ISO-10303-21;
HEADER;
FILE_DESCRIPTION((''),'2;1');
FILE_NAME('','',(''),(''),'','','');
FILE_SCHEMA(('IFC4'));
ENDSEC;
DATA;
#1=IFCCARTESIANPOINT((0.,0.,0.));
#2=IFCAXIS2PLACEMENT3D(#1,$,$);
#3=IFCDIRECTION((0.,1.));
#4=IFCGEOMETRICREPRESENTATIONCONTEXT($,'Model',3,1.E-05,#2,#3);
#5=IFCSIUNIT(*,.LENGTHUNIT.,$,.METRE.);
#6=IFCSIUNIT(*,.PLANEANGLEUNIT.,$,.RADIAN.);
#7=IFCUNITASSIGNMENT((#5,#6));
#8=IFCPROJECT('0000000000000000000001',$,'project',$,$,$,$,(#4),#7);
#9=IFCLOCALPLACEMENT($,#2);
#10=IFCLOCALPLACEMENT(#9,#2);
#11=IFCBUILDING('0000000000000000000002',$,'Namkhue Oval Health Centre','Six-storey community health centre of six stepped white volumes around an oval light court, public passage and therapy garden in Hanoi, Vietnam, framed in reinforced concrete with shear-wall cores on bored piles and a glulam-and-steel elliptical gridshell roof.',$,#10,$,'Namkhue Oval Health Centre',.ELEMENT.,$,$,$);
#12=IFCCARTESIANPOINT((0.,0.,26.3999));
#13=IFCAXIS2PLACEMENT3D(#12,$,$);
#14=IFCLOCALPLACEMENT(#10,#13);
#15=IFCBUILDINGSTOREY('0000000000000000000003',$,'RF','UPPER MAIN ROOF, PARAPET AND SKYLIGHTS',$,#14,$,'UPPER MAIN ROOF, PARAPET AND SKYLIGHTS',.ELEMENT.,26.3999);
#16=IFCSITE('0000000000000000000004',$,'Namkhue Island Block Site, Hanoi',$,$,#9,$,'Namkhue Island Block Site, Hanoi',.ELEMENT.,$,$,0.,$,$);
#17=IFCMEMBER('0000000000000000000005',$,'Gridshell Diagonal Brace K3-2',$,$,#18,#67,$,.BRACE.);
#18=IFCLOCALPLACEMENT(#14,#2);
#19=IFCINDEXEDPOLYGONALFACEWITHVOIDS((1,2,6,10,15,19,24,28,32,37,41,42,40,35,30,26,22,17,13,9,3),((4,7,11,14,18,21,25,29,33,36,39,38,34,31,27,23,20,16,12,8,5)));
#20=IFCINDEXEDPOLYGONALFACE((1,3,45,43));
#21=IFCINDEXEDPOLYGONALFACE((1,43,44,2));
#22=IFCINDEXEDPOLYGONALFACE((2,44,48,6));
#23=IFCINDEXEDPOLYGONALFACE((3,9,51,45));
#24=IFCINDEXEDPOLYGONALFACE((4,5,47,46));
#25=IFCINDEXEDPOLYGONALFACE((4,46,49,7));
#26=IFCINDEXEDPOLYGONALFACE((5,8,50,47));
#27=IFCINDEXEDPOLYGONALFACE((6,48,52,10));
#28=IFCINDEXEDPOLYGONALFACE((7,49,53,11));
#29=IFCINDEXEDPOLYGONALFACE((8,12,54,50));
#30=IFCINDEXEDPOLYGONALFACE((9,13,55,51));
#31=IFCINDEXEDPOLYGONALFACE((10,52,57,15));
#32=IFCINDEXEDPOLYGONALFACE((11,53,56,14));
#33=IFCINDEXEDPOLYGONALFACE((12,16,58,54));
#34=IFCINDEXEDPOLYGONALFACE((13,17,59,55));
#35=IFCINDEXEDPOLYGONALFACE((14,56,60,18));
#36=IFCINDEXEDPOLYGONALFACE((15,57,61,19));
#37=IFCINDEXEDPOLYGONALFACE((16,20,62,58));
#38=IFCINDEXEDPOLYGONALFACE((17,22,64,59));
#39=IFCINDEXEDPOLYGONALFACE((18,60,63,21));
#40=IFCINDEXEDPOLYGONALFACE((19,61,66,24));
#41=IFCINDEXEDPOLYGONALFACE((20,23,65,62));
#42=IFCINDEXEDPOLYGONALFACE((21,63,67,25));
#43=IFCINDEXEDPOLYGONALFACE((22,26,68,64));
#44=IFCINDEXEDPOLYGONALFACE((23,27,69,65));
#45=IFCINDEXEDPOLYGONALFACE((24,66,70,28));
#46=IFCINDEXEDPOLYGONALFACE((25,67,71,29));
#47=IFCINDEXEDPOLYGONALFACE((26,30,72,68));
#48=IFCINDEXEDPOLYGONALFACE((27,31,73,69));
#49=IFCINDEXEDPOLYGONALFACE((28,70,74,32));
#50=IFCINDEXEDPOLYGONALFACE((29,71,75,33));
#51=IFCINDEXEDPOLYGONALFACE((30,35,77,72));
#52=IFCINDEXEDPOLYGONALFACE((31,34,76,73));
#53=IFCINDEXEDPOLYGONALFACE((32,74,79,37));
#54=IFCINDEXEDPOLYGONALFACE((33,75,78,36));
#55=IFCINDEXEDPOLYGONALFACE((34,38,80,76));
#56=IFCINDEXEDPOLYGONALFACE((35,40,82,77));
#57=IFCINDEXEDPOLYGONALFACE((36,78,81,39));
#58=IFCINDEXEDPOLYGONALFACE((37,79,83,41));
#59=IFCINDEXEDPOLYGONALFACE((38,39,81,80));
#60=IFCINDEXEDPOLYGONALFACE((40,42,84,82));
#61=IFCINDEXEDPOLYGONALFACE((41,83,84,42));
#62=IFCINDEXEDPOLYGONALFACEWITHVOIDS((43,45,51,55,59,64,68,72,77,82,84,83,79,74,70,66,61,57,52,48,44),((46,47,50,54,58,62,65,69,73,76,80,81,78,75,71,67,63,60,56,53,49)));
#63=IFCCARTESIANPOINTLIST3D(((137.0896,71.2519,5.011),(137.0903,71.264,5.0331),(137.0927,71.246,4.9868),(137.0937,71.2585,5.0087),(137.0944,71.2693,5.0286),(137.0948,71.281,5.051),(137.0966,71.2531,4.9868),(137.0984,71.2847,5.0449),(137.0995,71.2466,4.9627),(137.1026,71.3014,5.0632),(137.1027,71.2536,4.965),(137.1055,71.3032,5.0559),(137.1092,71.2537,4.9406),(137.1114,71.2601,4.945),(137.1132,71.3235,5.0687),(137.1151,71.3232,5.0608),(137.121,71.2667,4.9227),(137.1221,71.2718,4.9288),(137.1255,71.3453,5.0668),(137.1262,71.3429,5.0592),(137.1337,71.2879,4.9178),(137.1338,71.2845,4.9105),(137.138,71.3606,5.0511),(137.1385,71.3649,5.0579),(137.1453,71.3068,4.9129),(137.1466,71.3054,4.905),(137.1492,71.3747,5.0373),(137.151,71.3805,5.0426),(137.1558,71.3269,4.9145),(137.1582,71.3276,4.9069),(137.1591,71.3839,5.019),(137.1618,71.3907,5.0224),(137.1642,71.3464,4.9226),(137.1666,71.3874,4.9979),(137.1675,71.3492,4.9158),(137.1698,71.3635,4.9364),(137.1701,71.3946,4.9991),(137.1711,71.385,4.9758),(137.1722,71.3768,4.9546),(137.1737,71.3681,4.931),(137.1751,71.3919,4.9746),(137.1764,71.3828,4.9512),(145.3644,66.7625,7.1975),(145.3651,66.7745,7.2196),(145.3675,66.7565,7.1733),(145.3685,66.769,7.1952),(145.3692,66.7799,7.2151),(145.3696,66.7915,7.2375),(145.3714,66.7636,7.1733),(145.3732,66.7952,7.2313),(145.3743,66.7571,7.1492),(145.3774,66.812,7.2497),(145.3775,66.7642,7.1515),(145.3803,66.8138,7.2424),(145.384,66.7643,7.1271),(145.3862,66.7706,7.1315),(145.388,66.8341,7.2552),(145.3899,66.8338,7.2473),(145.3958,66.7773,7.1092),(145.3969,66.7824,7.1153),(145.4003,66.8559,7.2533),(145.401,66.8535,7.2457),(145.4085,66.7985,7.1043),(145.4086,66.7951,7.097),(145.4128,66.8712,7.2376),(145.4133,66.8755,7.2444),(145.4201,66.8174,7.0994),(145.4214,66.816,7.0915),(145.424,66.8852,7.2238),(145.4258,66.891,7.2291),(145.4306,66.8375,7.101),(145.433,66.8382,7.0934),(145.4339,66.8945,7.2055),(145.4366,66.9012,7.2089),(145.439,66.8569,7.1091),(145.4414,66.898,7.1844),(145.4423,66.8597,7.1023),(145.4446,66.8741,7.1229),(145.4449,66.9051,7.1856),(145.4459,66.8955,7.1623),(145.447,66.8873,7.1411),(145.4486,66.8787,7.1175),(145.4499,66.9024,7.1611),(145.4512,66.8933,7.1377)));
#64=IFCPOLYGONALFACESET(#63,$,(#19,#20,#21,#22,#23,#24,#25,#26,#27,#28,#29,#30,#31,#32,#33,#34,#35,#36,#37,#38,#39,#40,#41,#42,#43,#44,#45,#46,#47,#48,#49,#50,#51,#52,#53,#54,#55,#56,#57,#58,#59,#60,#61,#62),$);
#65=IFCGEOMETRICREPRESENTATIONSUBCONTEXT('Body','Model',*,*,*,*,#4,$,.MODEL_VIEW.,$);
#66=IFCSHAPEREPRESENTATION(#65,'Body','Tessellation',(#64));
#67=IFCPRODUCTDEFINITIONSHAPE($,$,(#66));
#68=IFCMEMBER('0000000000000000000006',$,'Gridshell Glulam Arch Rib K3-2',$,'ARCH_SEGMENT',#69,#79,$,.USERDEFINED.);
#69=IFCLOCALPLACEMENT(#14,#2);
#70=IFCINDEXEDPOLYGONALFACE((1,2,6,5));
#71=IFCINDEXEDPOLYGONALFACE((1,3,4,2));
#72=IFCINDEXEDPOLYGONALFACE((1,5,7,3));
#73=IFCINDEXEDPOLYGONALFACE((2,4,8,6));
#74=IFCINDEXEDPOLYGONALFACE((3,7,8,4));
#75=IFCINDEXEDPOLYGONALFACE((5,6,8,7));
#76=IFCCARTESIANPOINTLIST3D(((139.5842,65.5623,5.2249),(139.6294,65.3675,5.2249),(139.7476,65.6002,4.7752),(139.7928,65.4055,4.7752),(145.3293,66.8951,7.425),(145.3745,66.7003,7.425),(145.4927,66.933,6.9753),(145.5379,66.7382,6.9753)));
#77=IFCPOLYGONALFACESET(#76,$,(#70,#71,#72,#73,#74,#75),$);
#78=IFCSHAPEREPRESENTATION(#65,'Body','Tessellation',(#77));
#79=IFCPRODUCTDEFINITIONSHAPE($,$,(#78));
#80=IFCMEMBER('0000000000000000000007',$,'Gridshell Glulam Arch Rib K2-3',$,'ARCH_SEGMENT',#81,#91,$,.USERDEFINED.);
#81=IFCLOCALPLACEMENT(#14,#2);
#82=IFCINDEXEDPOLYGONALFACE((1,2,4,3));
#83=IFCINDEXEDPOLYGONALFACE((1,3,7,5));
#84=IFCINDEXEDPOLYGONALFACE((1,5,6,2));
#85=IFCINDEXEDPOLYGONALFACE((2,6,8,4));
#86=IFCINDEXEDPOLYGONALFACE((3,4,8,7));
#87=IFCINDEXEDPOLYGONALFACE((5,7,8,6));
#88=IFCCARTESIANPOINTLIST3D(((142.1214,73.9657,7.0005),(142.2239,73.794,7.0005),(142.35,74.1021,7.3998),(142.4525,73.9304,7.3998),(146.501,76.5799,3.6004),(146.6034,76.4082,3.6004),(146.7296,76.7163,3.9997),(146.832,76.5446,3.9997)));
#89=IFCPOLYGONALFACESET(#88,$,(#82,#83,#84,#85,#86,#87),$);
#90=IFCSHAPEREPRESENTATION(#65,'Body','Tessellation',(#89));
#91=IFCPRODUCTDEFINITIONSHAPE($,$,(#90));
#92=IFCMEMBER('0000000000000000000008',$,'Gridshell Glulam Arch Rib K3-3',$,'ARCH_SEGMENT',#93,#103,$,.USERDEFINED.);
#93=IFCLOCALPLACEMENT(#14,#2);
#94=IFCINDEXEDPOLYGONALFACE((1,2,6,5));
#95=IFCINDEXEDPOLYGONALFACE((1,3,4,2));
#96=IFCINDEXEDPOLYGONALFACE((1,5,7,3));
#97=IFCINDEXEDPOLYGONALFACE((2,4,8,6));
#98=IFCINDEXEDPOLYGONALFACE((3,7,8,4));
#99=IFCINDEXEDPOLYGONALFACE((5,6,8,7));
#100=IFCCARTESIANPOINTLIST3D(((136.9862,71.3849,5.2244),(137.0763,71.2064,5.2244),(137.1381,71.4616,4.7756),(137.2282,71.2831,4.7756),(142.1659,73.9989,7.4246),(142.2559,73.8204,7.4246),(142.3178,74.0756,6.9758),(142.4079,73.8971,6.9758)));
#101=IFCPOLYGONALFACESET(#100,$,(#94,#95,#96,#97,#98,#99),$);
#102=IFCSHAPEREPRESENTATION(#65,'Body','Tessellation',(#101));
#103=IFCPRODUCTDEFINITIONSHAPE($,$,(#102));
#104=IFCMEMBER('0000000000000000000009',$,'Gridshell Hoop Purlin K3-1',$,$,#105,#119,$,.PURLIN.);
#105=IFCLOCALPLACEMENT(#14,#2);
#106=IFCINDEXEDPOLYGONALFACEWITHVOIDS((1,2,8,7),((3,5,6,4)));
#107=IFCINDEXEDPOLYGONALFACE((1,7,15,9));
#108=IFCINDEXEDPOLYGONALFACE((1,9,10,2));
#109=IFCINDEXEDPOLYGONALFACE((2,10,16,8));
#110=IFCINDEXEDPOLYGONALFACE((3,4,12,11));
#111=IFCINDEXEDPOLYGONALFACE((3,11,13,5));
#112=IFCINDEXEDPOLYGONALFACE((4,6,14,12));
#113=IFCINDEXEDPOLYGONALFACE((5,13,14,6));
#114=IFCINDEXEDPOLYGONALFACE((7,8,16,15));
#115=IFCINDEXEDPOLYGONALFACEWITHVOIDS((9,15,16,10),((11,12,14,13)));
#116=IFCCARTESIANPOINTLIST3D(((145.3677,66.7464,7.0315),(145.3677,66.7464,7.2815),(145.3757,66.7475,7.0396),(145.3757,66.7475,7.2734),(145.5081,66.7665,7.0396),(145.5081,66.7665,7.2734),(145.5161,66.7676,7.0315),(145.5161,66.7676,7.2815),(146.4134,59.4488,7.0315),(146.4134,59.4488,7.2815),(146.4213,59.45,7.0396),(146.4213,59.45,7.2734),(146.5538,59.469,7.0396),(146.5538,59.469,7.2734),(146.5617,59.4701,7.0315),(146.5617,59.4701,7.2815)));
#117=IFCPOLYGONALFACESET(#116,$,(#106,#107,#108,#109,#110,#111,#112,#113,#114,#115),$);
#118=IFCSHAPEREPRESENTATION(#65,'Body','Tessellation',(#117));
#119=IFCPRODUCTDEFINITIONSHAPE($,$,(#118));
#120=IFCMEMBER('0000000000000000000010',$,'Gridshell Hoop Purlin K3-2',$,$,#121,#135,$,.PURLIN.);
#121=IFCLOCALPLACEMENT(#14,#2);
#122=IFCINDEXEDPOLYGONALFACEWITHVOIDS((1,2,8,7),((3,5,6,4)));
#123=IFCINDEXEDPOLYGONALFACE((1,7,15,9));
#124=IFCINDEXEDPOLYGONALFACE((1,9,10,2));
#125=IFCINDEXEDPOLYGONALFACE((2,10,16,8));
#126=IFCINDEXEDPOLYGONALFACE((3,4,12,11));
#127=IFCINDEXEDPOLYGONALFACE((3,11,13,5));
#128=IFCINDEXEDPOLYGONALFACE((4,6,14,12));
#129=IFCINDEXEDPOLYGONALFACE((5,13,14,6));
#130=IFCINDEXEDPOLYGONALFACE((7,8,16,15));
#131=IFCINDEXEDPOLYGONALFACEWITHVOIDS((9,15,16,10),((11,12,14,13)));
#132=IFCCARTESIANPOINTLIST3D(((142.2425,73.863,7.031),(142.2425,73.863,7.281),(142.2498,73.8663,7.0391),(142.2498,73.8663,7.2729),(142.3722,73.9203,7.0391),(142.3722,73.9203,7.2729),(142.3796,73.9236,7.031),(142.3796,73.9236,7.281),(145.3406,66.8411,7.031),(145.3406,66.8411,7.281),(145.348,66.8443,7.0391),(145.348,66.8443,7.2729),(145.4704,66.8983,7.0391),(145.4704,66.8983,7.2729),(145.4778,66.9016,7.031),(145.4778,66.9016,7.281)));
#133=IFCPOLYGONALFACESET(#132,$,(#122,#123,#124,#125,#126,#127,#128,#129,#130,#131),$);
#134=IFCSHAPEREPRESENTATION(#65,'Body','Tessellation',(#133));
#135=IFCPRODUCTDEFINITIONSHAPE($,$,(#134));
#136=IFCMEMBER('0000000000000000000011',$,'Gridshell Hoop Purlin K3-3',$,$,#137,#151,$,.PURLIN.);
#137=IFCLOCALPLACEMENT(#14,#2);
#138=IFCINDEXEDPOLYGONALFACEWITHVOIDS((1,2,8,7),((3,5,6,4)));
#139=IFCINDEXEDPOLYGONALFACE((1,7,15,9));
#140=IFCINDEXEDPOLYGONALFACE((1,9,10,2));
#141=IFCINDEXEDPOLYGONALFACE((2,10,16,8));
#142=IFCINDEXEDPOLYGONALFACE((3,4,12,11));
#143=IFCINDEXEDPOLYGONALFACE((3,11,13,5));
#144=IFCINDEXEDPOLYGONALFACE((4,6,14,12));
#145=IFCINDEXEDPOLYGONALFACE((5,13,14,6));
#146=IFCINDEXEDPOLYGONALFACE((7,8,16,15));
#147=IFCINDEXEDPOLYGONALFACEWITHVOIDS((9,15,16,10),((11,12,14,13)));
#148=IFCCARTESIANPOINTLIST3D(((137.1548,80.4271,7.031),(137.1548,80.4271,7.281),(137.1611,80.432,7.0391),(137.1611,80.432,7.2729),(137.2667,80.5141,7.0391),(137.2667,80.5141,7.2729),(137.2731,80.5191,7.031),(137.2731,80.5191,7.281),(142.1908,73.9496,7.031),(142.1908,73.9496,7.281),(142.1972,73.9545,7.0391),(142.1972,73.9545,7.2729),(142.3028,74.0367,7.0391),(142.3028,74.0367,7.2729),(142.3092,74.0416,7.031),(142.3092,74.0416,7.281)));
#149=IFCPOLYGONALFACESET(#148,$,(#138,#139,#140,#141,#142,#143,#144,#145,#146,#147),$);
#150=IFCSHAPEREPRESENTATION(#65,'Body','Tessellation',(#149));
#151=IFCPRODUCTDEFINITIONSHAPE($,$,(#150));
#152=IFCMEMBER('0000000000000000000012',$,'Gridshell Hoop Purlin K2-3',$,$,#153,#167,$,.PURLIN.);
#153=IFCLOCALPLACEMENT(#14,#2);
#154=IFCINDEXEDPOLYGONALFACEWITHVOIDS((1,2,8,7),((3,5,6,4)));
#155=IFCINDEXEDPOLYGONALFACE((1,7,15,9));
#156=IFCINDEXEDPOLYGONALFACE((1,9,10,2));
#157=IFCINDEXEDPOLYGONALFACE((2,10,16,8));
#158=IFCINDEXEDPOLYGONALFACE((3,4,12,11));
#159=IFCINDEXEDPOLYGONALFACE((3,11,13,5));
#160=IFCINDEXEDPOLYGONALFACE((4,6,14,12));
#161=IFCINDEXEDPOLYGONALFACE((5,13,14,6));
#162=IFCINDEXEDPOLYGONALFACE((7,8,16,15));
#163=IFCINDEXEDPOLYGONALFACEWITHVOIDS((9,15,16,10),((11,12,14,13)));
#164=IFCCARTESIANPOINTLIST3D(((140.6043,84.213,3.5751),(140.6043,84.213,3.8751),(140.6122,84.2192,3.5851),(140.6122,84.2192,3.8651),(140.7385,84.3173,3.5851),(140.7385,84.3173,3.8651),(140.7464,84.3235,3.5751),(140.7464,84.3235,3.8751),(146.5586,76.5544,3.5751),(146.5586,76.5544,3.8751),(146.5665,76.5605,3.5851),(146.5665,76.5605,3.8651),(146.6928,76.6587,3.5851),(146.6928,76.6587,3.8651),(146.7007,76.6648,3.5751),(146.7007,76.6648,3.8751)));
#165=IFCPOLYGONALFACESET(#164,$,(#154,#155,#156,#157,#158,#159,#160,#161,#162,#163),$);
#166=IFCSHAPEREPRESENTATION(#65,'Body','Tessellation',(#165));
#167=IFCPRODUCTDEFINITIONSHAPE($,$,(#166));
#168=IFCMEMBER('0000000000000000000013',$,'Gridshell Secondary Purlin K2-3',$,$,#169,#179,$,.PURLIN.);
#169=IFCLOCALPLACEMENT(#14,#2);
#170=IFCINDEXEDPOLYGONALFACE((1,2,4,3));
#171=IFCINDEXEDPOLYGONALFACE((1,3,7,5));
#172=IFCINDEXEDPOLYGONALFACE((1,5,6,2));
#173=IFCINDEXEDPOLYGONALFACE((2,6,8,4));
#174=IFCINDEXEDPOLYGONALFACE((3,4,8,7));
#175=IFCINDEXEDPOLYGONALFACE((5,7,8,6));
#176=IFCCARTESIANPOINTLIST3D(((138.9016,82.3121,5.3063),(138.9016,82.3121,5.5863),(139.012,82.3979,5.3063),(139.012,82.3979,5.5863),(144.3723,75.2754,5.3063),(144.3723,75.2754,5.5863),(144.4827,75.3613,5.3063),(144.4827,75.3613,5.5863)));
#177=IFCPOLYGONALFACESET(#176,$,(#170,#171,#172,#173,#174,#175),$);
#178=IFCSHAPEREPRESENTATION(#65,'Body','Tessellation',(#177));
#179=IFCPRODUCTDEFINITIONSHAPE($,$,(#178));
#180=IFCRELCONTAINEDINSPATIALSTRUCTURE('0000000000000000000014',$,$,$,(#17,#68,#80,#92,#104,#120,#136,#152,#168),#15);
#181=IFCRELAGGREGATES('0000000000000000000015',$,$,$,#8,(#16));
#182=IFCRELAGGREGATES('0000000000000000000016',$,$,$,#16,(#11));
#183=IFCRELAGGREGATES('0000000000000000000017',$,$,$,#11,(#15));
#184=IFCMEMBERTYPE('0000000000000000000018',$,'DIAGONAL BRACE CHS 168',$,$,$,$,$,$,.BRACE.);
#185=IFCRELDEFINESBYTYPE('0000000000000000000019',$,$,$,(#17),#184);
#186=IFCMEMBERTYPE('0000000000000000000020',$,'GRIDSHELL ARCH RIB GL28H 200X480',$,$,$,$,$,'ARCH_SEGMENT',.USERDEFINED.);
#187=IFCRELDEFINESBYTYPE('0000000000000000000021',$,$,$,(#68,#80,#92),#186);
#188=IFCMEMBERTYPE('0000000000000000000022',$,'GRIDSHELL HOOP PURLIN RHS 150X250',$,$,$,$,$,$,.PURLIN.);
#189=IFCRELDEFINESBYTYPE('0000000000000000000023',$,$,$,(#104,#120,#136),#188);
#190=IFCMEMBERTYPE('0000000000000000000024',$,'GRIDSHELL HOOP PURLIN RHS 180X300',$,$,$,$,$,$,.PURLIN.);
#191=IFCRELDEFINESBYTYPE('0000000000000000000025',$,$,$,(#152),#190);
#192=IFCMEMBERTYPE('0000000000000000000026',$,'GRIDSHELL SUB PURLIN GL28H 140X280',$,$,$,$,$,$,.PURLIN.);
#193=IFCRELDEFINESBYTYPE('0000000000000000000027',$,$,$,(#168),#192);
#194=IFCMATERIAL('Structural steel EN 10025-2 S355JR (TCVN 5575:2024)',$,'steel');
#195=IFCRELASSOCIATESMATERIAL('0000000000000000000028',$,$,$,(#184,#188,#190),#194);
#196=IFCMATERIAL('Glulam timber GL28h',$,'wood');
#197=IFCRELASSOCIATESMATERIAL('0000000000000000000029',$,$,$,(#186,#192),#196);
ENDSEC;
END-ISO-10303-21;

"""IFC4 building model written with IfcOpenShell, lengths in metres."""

from ifc_helpers import new_model, si_unit, direction, frame, origin, origin_2d, place, context, subcontext, project, spatial, rectangle, hollow_rectangle, hollow_circle, extrude, material, material_profile, profile_set, type_object, element, save


model = new_model("IFC4")

# Units and contexts
model_context = context("Model", 3, precision=1e-05, world=origin(), true_north=direction((0.0, 1.0)))
body_context = subcontext(model_context, "Body", "Model", "MODEL_VIEW")
ifc_project = project(units=[si_unit("LENGTHUNIT", "METRE"), si_unit("PLANEANGLEUNIT", "RADIAN")], contexts=[model_context])

# Site, building, storey
site_placement = place(None, origin())
site = spatial("IfcSite", under=ifc_project, at=site_placement, Name="Namkhue Island Block Site, Hanoi", LongName="Namkhue Island Block Site, Hanoi", CompositionType="ELEMENT", RefElevation=0.0)
building_placement = place(site_placement, origin())
building = spatial("IfcBuilding", under=site, at=building_placement, Name="Namkhue Oval Health Centre", Description="Six-storey community health centre of six stepped white volumes around an oval light court, public passage and therapy garden in Hanoi, Vietnam, framed in reinforced concrete with shear-wall cores on bored piles and a glulam-and-steel elliptical gridshell roof.", LongName="Namkhue Oval Health Centre", CompositionType="ELEMENT")
storey_placement = place(building_placement, frame((0.0, 0.0, 26.3999)))
storey = spatial("IfcBuildingStorey", under=building, at=storey_placement, Name="RF", Description="UPPER MAIN ROOF, PARAPET AND SKYLIGHTS", LongName="UPPER MAIN ROOF, PARAPET AND SKYLIGHTS", CompositionType="ELEMENT", Elevation=26.3999)

# Members
ifc_material_1 = material(Name="Structural steel EN 10025-2 S355JR (TCVN 5575:2024)", Category="steel")
ifc_material_profile_1 = material_profile(ifc_material_1, hollow_circle(Radius=0.0842, WallThickness=0.0081, at=origin_2d()), Name="CHS 168.3x8")
ifc_profile_set_1 = profile_set([ifc_material_profile_1], Name="Structural steel EN 10025-2 S355JR (TCVN 5575:2024)")
member_type_1 = type_object("IfcMemberType", Name="DIAGONAL BRACE CHS 168", PredefinedType="BRACE", material=ifc_profile_set_1)
member_1_placement = place(storey_placement, frame((145.4077, 66.8306, 7.1733), z_axis=(-0.85618, 0.464516, -0.226233), x_axis=(-0.47688, -0.878969, 0.0)))
element("IfcMember", 1, at=member_1_placement, inside=storey, type_object=member_type_1, Name="Gridshell Diagonal Brace K3-2", PredefinedType="BRACE", context=body_context, shape_type="SweptSolid", body=[
    extrude(hollow_circle(Radius=0.0842, WallThickness=0.0081, at=origin_2d()), origin(), (0.0, 0.0, 1.0), 9.6648),
])
ifc_material_2 = material(Name="Glulam timber GL28h", Category="wood")
ifc_material_profile_2 = material_profile(ifc_material_2, rectangle(XDim=0.2, YDim=0.48, at=origin_2d()), Name="GL28h 200x480")
ifc_profile_set_2 = profile_set([ifc_material_profile_2], Name="Glulam timber GL28h")
member_type_2 = type_object("IfcMemberType", Name="GRIDSHELL ARCH RIB GL28H 200X480", ElementType="ARCH_SEGMENT", PredefinedType="USERDEFINED", material=ifc_profile_set_2)
member_2_placement = place(storey_placement, frame((145.4336, 66.8167, 7.2002), z_axis=(-0.912688, -0.211727, -0.34953), x_axis=(0.225981, -0.974132, 0.0)))
element("IfcMember", 2, at=member_2_placement, inside=storey, type_object=member_type_2, Name="Gridshell Glulam Arch Rib K3-2", ObjectType="ARCH_SEGMENT", PredefinedType="USERDEFINED", context=body_context, shape_type="SweptSolid", body=[
    extrude(rectangle(XDim=0.2, YDim=0.48, at=origin_2d()), origin(), (0.0, 0.0, 1.0), 6.2947),
])
member_3_placement = place(storey_placement, frame((146.6665, 76.5623, 3.8), z_axis=(-0.714463, -0.426471, 0.554676), x_axis=(0.512545, -0.858661, 0.0)))
element("IfcMember", 3, at=member_3_placement, inside=storey, type_object=member_type_2, Name="Gridshell Glulam Arch Rib K2-3", ObjectType="ARCH_SEGMENT", PredefinedType="USERDEFINED", context=body_context, shape_type="SweptSolid", body=[
    extrude(rectangle(XDim=0.2, YDim=0.48, at=origin_2d()), origin(), (0.0, 0.0, 1.0), 6.1299),
])
member_4_placement = place(storey_placement, frame((142.2869, 73.948, 7.2002), z_axis=(-0.834749, -0.42127, -0.354579), x_axis=(0.450543, -0.892755, 0.0)))
element("IfcMember", 4, at=member_4_placement, inside=storey, type_object=member_type_2, Name="Gridshell Glulam Arch Rib K3-3", ObjectType="ARCH_SEGMENT", PredefinedType="USERDEFINED", context=body_context, shape_type="SweptSolid", body=[
    extrude(rectangle(XDim=0.2, YDim=0.48, at=origin_2d()), origin(), (0.0, 0.0, 1.0), 6.2051),
])
ifc_material_profile_3 = material_profile(ifc_material_1, hollow_rectangle(XDim=0.1499, YDim=0.25, WallThickness=0.0081, at=origin_2d()), Name="RHS 150x250x8")
ifc_profile_set_3 = profile_set([ifc_material_profile_3], Name="Structural steel EN 10025-2 S355JR (TCVN 5575:2024)")
member_type_3 = type_object("IfcMemberType", Name="GRIDSHELL HOOP PURLIN RHS 150X250", PredefinedType="PURLIN", material=ifc_profile_set_3)
member_5_placement = place(storey_placement, frame((146.4875, 59.4595, 7.1565), z_axis=(-0.141839, 0.98989, 0.0), x_axis=(-0.98989, -0.141839, 0.0)))
element("IfcMember", 5, at=member_5_placement, inside=storey, type_object=member_type_3, Name="Gridshell Hoop Purlin K3-1", PredefinedType="PURLIN", context=body_context, shape_type="SweptSolid", body=[
    extrude(hollow_rectangle(XDim=0.1499, YDim=0.25, WallThickness=0.0081, at=origin_2d()), origin(), (0.0, 0.0, 1.0), 7.3721),
])
member_6_placement = place(storey_placement, frame((145.4092, 66.8713, 7.156), z_axis=(-0.403664, 0.914907, 0.0), x_axis=(-0.914907, -0.403664, 0.0)))
element("IfcMember", 6, at=member_6_placement, inside=storey, type_object=member_type_3, Name="Gridshell Hoop Purlin K3-2", PredefinedType="PURLIN", context=body_context, shape_type="SweptSolid", body=[
    extrude(hollow_rectangle(XDim=0.1499, YDim=0.25, WallThickness=0.0081, at=origin_2d()), origin(), (0.0, 0.0, 1.0), 7.675),
])
member_7_placement = place(storey_placement, frame((142.25, 73.9956, 7.156), z_axis=(-0.613792, 0.789468, 0.0), x_axis=(-0.789468, -0.613792, 0.0)))
element("IfcMember", 7, at=member_7_placement, inside=storey, type_object=member_type_3, Name="Gridshell Hoop Purlin K3-3", PredefinedType="PURLIN", context=body_context, shape_type="SweptSolid", body=[
    extrude(hollow_rectangle(XDim=0.1499, YDim=0.25, WallThickness=0.0081, at=origin_2d()), origin(), (0.0, 0.0, 1.0), 8.2048),
])
ifc_material_profile_4 = material_profile(ifc_material_1, hollow_rectangle(XDim=0.1799, YDim=0.3, WallThickness=0.01, at=origin_2d()), Name="RHS 180x300x10")
ifc_profile_set_4 = profile_set([ifc_material_profile_4], Name="Structural steel EN 10025-2 S355JR (TCVN 5575:2024)")
member_type_4 = type_object("IfcMemberType", Name="GRIDSHELL HOOP PURLIN RHS 180X300", PredefinedType="PURLIN", material=ifc_profile_set_4)
member_8_placement = place(storey_placement, frame((146.6296, 76.6096, 3.7251), z_axis=(-0.613786, 0.789473, 0.0), x_axis=(-0.789473, -0.613786, 0.0)))
element("IfcMember", 8, at=member_8_placement, inside=storey, type_object=member_type_4, Name="Gridshell Hoop Purlin K2-3", PredefinedType="PURLIN", context=body_context, shape_type="SweptSolid", body=[
    extrude(hollow_rectangle(XDim=0.1799, YDim=0.3, WallThickness=0.01, at=origin_2d()), origin(), (0.0, 0.0, 1.0), 9.7009),
])
ifc_material_profile_5 = material_profile(ifc_material_2, rectangle(XDim=0.1399, YDim=0.28, at=origin_2d()), Name="GL28h 140x280")
ifc_profile_set_5 = profile_set([ifc_material_profile_5], Name="Glulam timber GL28h")
member_type_5 = type_object("IfcMemberType", Name="GRIDSHELL SUB PURLIN GL28H 140X280", PredefinedType="PURLIN", material=ifc_profile_set_5)
member_9_placement = place(storey_placement, frame((144.4275, 75.3184, 5.4463), z_axis=(-0.613785, 0.789473, 0.0), x_axis=(-0.789473, -0.613785, 0.0)))
element("IfcMember", 9, at=member_9_placement, inside=storey, type_object=member_type_5, Name="Gridshell Secondary Purlin K2-3", PredefinedType="PURLIN", context=body_context, shape_type="SweptSolid", body=[
    extrude(rectangle(XDim=0.1399, YDim=0.28, at=origin_2d()), origin(), (0.0, 0.0, 1.0), 8.9131),
])

save(model, "model.ifc")
